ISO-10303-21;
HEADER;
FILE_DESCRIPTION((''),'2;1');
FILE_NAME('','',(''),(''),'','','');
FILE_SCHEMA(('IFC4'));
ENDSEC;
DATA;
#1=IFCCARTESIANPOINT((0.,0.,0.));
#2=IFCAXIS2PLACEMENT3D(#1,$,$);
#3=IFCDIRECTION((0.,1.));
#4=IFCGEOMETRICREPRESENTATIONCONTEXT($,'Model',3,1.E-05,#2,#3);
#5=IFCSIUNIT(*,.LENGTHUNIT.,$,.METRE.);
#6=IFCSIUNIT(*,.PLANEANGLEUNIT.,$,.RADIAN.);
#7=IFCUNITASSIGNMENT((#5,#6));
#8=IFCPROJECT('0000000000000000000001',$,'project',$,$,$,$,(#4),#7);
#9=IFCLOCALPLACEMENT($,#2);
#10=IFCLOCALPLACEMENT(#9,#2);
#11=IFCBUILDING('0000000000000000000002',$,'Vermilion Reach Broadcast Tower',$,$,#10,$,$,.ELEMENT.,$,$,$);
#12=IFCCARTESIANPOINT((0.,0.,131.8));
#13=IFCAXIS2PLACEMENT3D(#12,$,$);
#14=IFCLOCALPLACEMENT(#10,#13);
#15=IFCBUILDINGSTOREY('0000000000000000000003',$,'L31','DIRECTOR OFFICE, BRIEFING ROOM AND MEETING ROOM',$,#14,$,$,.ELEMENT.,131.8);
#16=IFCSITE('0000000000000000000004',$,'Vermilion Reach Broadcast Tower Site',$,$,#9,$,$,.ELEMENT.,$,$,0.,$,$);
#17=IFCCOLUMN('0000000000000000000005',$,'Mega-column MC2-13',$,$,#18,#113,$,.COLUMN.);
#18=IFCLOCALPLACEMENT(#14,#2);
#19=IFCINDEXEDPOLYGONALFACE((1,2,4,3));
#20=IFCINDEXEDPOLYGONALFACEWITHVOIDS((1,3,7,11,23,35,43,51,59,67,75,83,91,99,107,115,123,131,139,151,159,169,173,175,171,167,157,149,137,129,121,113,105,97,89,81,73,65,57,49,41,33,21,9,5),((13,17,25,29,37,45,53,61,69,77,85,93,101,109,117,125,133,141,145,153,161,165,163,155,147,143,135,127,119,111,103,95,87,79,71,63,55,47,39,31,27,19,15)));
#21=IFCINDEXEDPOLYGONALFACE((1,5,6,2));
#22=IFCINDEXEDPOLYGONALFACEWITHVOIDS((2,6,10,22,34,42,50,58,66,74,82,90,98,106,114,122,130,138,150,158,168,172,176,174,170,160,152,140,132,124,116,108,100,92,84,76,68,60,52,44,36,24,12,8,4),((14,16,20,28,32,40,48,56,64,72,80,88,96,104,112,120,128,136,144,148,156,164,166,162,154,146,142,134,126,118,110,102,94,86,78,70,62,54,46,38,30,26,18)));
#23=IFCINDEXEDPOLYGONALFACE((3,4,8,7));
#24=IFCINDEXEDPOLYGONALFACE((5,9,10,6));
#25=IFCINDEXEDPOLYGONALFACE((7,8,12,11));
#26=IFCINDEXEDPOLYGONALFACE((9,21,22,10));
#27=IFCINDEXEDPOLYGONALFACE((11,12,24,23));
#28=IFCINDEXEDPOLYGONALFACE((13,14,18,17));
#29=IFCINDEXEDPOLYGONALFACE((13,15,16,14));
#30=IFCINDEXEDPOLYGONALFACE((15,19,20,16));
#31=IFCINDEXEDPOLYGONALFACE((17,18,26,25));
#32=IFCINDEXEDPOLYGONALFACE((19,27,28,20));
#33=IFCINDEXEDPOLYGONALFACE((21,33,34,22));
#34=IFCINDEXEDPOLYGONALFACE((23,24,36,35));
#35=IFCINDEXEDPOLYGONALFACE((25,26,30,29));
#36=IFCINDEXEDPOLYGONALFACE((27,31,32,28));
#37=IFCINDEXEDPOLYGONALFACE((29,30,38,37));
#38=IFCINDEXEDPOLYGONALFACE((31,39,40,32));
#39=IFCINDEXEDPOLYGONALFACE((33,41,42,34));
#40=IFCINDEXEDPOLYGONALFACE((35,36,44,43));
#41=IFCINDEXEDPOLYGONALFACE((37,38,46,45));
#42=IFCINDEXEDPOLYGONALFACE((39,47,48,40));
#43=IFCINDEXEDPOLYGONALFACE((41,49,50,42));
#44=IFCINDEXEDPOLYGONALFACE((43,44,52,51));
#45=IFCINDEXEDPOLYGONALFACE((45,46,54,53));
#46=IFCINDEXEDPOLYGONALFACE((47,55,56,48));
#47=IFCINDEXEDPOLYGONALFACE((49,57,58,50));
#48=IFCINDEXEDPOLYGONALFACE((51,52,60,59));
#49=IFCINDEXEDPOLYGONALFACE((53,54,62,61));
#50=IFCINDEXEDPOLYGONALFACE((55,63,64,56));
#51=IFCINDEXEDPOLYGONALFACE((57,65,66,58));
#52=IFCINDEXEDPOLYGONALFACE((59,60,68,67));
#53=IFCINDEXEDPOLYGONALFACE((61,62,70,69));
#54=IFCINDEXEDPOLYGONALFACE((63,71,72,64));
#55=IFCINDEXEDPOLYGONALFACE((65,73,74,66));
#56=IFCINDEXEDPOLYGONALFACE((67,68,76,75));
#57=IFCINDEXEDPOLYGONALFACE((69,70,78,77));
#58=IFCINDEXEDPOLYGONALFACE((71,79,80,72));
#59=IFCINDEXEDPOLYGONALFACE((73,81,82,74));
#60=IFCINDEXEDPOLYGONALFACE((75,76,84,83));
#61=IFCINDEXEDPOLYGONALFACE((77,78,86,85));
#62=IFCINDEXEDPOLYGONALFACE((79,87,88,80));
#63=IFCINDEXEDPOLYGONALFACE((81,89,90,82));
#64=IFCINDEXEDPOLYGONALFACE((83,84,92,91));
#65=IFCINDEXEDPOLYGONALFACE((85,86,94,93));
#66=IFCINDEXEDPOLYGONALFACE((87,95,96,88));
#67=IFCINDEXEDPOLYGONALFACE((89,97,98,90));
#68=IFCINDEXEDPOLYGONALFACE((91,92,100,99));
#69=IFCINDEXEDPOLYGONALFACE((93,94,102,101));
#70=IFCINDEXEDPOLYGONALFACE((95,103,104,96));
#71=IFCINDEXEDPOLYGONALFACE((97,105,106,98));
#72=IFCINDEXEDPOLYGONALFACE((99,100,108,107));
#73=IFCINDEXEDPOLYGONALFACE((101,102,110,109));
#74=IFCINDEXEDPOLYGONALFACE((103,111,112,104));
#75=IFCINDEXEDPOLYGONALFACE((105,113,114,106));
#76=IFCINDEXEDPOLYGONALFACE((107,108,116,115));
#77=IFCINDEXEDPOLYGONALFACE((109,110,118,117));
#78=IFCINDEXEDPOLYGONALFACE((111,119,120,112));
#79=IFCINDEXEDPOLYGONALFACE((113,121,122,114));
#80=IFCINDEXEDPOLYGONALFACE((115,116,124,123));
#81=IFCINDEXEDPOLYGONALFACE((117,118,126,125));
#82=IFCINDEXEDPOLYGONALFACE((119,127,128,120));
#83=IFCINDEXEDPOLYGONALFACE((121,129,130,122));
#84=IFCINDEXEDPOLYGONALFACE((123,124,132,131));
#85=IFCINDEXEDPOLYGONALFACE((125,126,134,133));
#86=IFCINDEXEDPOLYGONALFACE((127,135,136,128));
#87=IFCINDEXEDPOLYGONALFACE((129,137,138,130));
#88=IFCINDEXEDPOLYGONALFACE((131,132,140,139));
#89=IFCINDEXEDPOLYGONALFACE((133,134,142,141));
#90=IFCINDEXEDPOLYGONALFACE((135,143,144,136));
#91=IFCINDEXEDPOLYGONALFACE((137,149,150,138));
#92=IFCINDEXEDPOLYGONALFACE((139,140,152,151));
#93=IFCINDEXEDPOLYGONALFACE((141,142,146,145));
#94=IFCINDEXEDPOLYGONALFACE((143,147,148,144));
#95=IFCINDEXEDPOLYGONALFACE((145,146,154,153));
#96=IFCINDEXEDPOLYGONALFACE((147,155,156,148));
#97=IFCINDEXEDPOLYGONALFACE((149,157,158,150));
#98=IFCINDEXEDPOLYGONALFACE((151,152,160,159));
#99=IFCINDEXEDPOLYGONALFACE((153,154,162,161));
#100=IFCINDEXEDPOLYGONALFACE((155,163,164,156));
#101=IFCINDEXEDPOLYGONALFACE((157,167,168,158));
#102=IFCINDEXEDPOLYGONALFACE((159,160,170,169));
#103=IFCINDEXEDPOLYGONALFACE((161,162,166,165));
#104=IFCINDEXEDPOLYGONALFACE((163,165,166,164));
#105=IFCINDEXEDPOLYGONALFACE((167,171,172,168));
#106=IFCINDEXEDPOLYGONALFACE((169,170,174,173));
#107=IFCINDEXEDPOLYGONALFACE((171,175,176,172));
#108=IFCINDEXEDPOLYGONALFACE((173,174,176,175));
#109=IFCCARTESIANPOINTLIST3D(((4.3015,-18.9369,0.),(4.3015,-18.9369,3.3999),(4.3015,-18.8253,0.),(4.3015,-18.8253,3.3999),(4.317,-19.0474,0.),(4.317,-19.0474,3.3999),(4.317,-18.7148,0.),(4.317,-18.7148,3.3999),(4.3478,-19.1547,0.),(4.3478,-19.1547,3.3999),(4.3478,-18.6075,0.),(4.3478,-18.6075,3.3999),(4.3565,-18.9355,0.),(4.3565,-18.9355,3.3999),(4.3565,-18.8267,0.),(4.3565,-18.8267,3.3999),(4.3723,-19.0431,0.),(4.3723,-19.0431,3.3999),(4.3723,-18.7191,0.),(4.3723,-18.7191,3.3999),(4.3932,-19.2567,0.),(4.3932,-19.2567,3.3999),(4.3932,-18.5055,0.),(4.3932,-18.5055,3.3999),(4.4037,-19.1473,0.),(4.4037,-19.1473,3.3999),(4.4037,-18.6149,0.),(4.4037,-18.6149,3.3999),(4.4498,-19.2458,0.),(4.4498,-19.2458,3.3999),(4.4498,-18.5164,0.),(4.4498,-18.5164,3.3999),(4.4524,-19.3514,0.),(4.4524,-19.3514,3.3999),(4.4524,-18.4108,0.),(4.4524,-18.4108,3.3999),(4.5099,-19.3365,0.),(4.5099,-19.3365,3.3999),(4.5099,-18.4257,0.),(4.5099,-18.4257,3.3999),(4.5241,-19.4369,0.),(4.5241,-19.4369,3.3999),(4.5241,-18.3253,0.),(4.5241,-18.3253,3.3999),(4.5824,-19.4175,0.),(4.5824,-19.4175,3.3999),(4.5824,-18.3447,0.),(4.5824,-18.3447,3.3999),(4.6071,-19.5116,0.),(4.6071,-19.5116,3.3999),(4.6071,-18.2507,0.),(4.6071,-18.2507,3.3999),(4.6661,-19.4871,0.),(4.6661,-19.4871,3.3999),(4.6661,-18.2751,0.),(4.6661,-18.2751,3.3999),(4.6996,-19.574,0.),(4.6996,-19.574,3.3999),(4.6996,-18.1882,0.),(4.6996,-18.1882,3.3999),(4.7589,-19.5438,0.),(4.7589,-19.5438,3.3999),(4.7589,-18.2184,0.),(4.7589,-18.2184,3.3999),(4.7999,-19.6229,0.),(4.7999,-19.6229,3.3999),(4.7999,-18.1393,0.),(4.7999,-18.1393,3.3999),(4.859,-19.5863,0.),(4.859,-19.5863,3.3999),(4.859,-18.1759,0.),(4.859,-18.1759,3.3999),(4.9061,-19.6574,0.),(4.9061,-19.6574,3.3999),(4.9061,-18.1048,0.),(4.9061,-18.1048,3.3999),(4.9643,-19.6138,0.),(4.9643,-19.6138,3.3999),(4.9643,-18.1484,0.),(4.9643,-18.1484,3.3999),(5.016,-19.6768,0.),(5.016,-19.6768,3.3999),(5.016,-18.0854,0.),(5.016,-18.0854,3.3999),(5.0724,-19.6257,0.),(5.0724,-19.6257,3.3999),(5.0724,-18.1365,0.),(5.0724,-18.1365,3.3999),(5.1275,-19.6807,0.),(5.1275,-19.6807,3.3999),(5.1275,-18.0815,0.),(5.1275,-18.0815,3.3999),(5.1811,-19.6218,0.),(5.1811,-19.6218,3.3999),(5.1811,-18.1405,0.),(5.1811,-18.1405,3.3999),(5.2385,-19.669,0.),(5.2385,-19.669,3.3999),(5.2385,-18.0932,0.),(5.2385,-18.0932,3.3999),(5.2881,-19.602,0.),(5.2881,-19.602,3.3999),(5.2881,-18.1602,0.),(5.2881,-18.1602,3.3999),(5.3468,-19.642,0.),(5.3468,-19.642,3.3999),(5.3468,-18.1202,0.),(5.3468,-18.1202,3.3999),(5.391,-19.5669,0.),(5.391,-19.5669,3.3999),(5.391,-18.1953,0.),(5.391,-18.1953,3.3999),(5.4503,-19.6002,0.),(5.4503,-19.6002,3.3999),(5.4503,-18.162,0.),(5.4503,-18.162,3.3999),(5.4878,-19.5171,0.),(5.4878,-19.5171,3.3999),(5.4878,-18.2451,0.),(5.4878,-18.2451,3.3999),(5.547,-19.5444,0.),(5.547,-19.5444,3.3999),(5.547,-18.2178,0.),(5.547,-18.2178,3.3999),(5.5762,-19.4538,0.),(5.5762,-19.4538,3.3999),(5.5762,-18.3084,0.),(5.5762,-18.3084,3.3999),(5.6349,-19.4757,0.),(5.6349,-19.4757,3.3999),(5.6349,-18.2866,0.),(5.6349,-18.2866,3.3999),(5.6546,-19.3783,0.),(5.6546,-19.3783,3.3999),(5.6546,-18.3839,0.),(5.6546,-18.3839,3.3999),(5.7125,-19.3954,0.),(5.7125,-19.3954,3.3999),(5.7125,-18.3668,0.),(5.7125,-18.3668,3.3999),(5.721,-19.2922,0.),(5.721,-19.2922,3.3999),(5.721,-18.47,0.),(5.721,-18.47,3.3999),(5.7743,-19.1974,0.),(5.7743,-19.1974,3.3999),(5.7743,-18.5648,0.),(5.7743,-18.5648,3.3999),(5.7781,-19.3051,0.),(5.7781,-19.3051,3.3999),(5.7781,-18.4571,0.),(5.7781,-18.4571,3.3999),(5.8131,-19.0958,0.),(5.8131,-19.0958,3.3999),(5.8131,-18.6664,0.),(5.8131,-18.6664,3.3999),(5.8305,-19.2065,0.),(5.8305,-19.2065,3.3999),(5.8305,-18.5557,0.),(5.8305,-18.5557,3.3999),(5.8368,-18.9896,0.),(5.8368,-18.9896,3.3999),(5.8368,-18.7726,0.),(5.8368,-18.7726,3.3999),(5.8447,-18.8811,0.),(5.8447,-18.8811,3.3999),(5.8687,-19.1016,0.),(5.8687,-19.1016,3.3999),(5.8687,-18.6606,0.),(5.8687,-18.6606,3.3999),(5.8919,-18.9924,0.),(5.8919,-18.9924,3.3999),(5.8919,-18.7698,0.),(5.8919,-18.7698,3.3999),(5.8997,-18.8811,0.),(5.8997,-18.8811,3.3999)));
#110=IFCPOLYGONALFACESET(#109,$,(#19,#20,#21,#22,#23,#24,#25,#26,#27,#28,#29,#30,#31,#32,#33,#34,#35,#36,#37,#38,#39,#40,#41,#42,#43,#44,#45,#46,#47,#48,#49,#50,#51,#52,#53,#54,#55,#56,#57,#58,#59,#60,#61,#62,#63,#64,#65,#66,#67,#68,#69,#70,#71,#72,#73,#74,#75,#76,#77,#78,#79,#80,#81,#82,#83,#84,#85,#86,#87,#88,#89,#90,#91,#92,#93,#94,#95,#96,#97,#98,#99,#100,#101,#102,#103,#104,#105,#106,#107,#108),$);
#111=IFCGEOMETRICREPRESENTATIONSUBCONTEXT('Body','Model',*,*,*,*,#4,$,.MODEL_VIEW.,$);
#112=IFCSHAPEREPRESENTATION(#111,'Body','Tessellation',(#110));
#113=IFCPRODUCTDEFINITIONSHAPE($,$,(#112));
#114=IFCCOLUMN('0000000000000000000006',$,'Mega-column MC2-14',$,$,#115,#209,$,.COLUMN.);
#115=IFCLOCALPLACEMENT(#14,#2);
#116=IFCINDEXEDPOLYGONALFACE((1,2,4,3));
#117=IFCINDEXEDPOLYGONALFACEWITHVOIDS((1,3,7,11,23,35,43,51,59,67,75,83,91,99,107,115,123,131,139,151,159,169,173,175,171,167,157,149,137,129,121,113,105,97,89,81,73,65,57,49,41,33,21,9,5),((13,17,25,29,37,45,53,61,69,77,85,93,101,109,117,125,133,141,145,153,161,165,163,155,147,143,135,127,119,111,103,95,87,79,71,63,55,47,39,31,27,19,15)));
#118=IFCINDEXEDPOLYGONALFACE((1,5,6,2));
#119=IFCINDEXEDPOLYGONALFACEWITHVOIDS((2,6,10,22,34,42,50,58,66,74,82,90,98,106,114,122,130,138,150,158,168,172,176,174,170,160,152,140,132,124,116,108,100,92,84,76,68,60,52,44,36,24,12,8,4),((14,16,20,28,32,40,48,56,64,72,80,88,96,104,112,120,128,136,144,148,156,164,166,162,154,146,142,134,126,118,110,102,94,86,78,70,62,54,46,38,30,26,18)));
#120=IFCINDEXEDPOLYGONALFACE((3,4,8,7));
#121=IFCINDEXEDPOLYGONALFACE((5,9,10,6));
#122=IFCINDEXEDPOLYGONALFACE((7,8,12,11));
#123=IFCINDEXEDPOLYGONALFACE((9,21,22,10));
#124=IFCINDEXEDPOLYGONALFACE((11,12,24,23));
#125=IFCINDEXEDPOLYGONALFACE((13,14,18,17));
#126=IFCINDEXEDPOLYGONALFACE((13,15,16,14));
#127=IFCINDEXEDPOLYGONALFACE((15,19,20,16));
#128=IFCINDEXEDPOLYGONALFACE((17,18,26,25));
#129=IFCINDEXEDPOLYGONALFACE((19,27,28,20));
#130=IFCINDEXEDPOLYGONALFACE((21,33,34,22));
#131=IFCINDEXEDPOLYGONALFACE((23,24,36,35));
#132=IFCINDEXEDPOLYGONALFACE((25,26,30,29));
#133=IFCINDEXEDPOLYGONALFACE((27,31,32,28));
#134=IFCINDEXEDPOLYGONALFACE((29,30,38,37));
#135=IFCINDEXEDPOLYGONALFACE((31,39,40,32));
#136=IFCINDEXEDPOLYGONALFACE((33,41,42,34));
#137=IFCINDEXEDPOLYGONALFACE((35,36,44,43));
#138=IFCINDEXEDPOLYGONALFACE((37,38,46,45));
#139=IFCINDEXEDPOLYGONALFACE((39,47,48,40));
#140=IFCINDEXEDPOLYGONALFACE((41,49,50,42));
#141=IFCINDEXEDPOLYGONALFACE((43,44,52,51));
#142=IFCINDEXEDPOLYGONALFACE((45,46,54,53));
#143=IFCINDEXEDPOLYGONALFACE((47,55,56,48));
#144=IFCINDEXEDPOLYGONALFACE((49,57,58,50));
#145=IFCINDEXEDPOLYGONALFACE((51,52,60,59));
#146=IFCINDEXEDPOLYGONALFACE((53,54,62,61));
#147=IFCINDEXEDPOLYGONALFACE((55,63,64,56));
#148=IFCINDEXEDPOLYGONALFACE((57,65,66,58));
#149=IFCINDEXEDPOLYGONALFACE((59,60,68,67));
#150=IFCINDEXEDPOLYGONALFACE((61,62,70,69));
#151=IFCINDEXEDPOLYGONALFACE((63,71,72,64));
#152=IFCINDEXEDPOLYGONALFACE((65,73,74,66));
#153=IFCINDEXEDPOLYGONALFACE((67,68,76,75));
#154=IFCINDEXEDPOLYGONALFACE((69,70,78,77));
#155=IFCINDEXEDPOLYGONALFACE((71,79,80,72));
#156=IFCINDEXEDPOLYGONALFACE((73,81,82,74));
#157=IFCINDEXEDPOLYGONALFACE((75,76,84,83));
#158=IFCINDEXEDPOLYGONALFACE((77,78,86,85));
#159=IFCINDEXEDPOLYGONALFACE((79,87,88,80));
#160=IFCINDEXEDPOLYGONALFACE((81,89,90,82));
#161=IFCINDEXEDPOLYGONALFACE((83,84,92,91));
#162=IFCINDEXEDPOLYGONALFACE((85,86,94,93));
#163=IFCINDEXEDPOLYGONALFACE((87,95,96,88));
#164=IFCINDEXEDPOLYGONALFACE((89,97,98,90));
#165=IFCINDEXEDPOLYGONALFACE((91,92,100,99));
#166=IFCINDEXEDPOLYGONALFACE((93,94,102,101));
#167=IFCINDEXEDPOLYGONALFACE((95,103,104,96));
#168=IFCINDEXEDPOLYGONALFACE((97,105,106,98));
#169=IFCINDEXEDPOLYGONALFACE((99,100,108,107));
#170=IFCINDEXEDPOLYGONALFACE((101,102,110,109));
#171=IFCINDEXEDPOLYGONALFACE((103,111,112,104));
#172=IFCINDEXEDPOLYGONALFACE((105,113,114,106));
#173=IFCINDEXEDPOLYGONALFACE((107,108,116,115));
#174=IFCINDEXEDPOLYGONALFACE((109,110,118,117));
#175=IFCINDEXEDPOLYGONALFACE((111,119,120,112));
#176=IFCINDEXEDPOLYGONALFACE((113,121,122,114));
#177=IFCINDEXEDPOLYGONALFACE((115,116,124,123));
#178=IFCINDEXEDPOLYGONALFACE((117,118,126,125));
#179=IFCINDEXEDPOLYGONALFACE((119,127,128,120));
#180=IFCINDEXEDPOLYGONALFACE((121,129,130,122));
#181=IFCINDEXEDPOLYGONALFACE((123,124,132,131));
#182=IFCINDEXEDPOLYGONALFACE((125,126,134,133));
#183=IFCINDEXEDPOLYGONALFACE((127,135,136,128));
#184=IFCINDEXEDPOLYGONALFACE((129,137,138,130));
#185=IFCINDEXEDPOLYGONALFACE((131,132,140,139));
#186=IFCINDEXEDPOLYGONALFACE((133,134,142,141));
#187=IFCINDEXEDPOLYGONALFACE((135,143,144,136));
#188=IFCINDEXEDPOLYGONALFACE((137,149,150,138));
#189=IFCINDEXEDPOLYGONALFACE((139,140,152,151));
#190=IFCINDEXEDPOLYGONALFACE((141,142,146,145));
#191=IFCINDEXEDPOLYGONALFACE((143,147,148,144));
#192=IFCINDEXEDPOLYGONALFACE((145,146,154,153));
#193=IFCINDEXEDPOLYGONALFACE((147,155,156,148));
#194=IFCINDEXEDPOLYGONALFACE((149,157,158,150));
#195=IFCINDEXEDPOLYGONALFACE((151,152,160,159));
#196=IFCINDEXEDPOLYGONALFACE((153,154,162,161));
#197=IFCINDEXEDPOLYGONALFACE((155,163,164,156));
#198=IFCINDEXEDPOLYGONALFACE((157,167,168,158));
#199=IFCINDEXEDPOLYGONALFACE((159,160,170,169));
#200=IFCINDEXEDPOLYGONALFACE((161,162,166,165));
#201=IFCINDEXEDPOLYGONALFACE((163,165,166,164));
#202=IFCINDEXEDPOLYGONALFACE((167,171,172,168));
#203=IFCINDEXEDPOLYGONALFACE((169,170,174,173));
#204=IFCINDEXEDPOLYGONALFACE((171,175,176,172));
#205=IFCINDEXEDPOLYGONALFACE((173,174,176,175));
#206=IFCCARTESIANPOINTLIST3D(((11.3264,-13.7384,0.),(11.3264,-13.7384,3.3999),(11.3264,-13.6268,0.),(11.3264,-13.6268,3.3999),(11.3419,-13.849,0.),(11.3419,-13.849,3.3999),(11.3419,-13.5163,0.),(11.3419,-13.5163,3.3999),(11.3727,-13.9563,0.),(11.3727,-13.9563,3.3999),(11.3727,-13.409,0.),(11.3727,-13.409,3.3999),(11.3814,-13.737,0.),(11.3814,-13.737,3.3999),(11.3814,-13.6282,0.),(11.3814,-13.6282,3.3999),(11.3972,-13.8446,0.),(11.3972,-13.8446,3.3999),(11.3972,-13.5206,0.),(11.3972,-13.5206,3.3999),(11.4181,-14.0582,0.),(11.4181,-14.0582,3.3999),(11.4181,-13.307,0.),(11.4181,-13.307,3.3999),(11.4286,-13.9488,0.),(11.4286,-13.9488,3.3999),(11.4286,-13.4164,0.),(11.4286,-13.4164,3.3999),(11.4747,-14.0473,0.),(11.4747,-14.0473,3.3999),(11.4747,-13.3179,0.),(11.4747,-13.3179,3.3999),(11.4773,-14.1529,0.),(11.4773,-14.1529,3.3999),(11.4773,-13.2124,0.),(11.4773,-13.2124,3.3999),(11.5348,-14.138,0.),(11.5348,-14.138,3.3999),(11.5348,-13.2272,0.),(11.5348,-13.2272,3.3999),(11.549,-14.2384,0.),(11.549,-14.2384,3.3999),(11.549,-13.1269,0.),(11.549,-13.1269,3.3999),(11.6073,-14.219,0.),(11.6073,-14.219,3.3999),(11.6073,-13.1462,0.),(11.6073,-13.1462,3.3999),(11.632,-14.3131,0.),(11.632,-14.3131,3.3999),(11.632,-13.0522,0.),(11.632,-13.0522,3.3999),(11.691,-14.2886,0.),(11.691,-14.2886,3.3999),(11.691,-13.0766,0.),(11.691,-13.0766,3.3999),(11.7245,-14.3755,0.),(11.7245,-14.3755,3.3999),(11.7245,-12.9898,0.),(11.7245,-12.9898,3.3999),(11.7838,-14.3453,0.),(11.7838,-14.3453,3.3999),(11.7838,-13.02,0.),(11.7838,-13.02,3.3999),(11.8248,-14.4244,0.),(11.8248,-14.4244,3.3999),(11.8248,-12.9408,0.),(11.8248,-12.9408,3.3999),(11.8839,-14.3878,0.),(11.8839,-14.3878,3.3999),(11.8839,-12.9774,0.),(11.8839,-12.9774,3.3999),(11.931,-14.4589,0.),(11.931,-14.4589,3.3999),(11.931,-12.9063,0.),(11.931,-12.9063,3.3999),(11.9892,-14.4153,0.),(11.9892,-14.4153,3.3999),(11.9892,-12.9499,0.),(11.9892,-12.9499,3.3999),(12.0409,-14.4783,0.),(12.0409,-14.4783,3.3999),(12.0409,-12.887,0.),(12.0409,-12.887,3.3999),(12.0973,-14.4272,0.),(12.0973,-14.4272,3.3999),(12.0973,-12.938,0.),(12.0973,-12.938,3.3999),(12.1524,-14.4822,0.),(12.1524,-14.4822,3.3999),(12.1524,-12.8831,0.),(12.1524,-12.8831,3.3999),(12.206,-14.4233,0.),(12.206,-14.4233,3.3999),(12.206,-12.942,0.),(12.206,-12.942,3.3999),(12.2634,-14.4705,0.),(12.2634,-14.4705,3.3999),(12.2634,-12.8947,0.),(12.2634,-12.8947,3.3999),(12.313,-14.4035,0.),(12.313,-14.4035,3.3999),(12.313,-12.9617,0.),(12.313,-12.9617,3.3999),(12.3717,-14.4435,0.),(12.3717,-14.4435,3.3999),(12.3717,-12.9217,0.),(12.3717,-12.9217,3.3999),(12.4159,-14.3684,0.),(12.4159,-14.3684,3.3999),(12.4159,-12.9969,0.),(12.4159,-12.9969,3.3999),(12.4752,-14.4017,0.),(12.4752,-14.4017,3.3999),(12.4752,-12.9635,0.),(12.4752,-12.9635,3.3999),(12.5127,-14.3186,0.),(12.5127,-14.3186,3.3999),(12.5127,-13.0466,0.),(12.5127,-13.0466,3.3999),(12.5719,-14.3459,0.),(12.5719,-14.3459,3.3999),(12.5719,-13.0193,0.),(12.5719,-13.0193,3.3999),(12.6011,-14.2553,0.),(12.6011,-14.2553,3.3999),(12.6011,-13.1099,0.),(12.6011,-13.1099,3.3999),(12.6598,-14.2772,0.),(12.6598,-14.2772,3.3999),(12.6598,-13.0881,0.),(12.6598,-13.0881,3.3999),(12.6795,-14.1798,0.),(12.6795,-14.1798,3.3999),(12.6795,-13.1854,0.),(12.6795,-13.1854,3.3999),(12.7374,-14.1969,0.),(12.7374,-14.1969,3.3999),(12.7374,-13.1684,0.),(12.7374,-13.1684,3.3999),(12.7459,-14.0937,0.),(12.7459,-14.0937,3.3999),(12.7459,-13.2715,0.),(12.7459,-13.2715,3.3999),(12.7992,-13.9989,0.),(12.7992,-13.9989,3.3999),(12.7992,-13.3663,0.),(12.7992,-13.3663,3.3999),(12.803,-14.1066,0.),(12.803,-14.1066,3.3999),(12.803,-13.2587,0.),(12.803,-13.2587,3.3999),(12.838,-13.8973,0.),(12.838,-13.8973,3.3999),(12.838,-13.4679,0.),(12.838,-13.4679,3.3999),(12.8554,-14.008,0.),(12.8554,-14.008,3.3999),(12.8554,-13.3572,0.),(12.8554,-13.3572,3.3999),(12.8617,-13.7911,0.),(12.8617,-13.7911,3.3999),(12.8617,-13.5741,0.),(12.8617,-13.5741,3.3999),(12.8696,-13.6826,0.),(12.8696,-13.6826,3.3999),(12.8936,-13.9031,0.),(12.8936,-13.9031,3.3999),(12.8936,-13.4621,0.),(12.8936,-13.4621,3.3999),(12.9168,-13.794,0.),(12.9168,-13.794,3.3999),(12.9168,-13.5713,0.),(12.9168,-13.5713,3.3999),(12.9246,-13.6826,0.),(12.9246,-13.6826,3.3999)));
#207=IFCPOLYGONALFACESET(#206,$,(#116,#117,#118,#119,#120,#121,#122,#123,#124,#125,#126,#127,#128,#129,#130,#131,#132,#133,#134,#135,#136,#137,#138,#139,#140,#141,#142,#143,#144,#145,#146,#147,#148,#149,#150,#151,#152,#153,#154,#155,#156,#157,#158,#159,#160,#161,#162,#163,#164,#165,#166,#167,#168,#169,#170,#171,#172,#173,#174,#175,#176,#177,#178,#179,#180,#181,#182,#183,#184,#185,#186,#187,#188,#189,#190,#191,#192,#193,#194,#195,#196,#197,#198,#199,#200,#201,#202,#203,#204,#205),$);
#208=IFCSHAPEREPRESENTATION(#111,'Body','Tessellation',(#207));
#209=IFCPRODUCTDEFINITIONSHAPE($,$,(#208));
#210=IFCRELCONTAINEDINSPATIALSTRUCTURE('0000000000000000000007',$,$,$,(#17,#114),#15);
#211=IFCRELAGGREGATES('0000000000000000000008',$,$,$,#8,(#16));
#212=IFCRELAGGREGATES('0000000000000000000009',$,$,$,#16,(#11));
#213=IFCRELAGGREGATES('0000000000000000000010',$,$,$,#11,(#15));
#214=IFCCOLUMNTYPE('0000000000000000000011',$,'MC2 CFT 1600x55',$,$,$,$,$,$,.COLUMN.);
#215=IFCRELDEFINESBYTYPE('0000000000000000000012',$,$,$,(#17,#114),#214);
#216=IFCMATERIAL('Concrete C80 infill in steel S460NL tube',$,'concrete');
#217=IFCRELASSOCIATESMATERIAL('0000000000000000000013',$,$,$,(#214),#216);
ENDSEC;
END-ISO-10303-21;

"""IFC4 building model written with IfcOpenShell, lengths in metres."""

from ifc_helpers import new_model, si_unit, direction, frame, origin, origin_2d, place, context, subcontext, project, spatial, hollow_circle, extrude, material, material_profile, profile_set, type_object, element, save


model = new_model("IFC4")

# Units and contexts
model_context = context("Model", 3, precision=1e-05, world=origin(), true_north=direction((0.0, 1.0)))
body_context = subcontext(model_context, "Body", "Model", "MODEL_VIEW")
ifc_project = project(units=[si_unit("LENGTHUNIT", "METRE"), si_unit("PLANEANGLEUNIT", "RADIAN")], contexts=[model_context])

# Site, building, storey
site_placement = place(None, origin())
site = spatial("IfcSite", under=ifc_project, at=site_placement, Name="Vermilion Reach Broadcast Tower Site", CompositionType="ELEMENT", RefElevation=0.0)
building_placement = place(site_placement, origin())
building = spatial("IfcBuilding", under=site, at=building_placement, Name="Vermilion Reach Broadcast Tower", CompositionType="ELEMENT")
storey_placement = place(building_placement, frame((0.0, 0.0, 131.8)))
storey = spatial("IfcBuildingStorey", under=building, at=storey_placement, Name="L31", Description="DIRECTOR OFFICE, BRIEFING ROOM AND MEETING ROOM", CompositionType="ELEMENT", Elevation=131.8)

# Columns
ifc_material_1 = material(Name="Concrete C80 infill in steel S460NL tube", Category="concrete")
ifc_material_profile_1 = material_profile(ifc_material_1, hollow_circle(Radius=0.8, WallThickness=0.0549, at=origin_2d()), Name="Concrete C80 infill in steel S460NL tube CFT 1600x55")
ifc_profile_set_1 = profile_set([ifc_material_profile_1], Name="Concrete C80 infill in steel S460NL tube")
column_type = type_object("IfcColumnType", Name="MC2 CFT 1600x55", PredefinedType="COLUMN", material=ifc_profile_set_1)
for number, where, z_axis, x_axis, name in (
    (1, (5.0996, -18.8811, 0.0), (0.0, 0.0, 1.0), (1.0, 0.0, 0.0), "Mega-column MC2-13"),
    (2, (12.1245, -13.6826, 0.0), (0.0, 0.0, 1.0), (1.0, 0.0, 0.0), "Mega-column MC2-14"),
):
    element("IfcColumn", number, at=place(storey_placement, frame(where, z_axis=z_axis, x_axis=x_axis)), inside=storey, type_object=column_type, Name=name, PredefinedType="COLUMN", context=body_context, shape_type="SweptSolid", body=[
        extrude(hollow_circle(Radius=0.8, WallThickness=0.0549, at=origin_2d()), origin(), (0.0, 0.0, 1.0), 3.3999),
    ])

save(model, "model.ifc")
